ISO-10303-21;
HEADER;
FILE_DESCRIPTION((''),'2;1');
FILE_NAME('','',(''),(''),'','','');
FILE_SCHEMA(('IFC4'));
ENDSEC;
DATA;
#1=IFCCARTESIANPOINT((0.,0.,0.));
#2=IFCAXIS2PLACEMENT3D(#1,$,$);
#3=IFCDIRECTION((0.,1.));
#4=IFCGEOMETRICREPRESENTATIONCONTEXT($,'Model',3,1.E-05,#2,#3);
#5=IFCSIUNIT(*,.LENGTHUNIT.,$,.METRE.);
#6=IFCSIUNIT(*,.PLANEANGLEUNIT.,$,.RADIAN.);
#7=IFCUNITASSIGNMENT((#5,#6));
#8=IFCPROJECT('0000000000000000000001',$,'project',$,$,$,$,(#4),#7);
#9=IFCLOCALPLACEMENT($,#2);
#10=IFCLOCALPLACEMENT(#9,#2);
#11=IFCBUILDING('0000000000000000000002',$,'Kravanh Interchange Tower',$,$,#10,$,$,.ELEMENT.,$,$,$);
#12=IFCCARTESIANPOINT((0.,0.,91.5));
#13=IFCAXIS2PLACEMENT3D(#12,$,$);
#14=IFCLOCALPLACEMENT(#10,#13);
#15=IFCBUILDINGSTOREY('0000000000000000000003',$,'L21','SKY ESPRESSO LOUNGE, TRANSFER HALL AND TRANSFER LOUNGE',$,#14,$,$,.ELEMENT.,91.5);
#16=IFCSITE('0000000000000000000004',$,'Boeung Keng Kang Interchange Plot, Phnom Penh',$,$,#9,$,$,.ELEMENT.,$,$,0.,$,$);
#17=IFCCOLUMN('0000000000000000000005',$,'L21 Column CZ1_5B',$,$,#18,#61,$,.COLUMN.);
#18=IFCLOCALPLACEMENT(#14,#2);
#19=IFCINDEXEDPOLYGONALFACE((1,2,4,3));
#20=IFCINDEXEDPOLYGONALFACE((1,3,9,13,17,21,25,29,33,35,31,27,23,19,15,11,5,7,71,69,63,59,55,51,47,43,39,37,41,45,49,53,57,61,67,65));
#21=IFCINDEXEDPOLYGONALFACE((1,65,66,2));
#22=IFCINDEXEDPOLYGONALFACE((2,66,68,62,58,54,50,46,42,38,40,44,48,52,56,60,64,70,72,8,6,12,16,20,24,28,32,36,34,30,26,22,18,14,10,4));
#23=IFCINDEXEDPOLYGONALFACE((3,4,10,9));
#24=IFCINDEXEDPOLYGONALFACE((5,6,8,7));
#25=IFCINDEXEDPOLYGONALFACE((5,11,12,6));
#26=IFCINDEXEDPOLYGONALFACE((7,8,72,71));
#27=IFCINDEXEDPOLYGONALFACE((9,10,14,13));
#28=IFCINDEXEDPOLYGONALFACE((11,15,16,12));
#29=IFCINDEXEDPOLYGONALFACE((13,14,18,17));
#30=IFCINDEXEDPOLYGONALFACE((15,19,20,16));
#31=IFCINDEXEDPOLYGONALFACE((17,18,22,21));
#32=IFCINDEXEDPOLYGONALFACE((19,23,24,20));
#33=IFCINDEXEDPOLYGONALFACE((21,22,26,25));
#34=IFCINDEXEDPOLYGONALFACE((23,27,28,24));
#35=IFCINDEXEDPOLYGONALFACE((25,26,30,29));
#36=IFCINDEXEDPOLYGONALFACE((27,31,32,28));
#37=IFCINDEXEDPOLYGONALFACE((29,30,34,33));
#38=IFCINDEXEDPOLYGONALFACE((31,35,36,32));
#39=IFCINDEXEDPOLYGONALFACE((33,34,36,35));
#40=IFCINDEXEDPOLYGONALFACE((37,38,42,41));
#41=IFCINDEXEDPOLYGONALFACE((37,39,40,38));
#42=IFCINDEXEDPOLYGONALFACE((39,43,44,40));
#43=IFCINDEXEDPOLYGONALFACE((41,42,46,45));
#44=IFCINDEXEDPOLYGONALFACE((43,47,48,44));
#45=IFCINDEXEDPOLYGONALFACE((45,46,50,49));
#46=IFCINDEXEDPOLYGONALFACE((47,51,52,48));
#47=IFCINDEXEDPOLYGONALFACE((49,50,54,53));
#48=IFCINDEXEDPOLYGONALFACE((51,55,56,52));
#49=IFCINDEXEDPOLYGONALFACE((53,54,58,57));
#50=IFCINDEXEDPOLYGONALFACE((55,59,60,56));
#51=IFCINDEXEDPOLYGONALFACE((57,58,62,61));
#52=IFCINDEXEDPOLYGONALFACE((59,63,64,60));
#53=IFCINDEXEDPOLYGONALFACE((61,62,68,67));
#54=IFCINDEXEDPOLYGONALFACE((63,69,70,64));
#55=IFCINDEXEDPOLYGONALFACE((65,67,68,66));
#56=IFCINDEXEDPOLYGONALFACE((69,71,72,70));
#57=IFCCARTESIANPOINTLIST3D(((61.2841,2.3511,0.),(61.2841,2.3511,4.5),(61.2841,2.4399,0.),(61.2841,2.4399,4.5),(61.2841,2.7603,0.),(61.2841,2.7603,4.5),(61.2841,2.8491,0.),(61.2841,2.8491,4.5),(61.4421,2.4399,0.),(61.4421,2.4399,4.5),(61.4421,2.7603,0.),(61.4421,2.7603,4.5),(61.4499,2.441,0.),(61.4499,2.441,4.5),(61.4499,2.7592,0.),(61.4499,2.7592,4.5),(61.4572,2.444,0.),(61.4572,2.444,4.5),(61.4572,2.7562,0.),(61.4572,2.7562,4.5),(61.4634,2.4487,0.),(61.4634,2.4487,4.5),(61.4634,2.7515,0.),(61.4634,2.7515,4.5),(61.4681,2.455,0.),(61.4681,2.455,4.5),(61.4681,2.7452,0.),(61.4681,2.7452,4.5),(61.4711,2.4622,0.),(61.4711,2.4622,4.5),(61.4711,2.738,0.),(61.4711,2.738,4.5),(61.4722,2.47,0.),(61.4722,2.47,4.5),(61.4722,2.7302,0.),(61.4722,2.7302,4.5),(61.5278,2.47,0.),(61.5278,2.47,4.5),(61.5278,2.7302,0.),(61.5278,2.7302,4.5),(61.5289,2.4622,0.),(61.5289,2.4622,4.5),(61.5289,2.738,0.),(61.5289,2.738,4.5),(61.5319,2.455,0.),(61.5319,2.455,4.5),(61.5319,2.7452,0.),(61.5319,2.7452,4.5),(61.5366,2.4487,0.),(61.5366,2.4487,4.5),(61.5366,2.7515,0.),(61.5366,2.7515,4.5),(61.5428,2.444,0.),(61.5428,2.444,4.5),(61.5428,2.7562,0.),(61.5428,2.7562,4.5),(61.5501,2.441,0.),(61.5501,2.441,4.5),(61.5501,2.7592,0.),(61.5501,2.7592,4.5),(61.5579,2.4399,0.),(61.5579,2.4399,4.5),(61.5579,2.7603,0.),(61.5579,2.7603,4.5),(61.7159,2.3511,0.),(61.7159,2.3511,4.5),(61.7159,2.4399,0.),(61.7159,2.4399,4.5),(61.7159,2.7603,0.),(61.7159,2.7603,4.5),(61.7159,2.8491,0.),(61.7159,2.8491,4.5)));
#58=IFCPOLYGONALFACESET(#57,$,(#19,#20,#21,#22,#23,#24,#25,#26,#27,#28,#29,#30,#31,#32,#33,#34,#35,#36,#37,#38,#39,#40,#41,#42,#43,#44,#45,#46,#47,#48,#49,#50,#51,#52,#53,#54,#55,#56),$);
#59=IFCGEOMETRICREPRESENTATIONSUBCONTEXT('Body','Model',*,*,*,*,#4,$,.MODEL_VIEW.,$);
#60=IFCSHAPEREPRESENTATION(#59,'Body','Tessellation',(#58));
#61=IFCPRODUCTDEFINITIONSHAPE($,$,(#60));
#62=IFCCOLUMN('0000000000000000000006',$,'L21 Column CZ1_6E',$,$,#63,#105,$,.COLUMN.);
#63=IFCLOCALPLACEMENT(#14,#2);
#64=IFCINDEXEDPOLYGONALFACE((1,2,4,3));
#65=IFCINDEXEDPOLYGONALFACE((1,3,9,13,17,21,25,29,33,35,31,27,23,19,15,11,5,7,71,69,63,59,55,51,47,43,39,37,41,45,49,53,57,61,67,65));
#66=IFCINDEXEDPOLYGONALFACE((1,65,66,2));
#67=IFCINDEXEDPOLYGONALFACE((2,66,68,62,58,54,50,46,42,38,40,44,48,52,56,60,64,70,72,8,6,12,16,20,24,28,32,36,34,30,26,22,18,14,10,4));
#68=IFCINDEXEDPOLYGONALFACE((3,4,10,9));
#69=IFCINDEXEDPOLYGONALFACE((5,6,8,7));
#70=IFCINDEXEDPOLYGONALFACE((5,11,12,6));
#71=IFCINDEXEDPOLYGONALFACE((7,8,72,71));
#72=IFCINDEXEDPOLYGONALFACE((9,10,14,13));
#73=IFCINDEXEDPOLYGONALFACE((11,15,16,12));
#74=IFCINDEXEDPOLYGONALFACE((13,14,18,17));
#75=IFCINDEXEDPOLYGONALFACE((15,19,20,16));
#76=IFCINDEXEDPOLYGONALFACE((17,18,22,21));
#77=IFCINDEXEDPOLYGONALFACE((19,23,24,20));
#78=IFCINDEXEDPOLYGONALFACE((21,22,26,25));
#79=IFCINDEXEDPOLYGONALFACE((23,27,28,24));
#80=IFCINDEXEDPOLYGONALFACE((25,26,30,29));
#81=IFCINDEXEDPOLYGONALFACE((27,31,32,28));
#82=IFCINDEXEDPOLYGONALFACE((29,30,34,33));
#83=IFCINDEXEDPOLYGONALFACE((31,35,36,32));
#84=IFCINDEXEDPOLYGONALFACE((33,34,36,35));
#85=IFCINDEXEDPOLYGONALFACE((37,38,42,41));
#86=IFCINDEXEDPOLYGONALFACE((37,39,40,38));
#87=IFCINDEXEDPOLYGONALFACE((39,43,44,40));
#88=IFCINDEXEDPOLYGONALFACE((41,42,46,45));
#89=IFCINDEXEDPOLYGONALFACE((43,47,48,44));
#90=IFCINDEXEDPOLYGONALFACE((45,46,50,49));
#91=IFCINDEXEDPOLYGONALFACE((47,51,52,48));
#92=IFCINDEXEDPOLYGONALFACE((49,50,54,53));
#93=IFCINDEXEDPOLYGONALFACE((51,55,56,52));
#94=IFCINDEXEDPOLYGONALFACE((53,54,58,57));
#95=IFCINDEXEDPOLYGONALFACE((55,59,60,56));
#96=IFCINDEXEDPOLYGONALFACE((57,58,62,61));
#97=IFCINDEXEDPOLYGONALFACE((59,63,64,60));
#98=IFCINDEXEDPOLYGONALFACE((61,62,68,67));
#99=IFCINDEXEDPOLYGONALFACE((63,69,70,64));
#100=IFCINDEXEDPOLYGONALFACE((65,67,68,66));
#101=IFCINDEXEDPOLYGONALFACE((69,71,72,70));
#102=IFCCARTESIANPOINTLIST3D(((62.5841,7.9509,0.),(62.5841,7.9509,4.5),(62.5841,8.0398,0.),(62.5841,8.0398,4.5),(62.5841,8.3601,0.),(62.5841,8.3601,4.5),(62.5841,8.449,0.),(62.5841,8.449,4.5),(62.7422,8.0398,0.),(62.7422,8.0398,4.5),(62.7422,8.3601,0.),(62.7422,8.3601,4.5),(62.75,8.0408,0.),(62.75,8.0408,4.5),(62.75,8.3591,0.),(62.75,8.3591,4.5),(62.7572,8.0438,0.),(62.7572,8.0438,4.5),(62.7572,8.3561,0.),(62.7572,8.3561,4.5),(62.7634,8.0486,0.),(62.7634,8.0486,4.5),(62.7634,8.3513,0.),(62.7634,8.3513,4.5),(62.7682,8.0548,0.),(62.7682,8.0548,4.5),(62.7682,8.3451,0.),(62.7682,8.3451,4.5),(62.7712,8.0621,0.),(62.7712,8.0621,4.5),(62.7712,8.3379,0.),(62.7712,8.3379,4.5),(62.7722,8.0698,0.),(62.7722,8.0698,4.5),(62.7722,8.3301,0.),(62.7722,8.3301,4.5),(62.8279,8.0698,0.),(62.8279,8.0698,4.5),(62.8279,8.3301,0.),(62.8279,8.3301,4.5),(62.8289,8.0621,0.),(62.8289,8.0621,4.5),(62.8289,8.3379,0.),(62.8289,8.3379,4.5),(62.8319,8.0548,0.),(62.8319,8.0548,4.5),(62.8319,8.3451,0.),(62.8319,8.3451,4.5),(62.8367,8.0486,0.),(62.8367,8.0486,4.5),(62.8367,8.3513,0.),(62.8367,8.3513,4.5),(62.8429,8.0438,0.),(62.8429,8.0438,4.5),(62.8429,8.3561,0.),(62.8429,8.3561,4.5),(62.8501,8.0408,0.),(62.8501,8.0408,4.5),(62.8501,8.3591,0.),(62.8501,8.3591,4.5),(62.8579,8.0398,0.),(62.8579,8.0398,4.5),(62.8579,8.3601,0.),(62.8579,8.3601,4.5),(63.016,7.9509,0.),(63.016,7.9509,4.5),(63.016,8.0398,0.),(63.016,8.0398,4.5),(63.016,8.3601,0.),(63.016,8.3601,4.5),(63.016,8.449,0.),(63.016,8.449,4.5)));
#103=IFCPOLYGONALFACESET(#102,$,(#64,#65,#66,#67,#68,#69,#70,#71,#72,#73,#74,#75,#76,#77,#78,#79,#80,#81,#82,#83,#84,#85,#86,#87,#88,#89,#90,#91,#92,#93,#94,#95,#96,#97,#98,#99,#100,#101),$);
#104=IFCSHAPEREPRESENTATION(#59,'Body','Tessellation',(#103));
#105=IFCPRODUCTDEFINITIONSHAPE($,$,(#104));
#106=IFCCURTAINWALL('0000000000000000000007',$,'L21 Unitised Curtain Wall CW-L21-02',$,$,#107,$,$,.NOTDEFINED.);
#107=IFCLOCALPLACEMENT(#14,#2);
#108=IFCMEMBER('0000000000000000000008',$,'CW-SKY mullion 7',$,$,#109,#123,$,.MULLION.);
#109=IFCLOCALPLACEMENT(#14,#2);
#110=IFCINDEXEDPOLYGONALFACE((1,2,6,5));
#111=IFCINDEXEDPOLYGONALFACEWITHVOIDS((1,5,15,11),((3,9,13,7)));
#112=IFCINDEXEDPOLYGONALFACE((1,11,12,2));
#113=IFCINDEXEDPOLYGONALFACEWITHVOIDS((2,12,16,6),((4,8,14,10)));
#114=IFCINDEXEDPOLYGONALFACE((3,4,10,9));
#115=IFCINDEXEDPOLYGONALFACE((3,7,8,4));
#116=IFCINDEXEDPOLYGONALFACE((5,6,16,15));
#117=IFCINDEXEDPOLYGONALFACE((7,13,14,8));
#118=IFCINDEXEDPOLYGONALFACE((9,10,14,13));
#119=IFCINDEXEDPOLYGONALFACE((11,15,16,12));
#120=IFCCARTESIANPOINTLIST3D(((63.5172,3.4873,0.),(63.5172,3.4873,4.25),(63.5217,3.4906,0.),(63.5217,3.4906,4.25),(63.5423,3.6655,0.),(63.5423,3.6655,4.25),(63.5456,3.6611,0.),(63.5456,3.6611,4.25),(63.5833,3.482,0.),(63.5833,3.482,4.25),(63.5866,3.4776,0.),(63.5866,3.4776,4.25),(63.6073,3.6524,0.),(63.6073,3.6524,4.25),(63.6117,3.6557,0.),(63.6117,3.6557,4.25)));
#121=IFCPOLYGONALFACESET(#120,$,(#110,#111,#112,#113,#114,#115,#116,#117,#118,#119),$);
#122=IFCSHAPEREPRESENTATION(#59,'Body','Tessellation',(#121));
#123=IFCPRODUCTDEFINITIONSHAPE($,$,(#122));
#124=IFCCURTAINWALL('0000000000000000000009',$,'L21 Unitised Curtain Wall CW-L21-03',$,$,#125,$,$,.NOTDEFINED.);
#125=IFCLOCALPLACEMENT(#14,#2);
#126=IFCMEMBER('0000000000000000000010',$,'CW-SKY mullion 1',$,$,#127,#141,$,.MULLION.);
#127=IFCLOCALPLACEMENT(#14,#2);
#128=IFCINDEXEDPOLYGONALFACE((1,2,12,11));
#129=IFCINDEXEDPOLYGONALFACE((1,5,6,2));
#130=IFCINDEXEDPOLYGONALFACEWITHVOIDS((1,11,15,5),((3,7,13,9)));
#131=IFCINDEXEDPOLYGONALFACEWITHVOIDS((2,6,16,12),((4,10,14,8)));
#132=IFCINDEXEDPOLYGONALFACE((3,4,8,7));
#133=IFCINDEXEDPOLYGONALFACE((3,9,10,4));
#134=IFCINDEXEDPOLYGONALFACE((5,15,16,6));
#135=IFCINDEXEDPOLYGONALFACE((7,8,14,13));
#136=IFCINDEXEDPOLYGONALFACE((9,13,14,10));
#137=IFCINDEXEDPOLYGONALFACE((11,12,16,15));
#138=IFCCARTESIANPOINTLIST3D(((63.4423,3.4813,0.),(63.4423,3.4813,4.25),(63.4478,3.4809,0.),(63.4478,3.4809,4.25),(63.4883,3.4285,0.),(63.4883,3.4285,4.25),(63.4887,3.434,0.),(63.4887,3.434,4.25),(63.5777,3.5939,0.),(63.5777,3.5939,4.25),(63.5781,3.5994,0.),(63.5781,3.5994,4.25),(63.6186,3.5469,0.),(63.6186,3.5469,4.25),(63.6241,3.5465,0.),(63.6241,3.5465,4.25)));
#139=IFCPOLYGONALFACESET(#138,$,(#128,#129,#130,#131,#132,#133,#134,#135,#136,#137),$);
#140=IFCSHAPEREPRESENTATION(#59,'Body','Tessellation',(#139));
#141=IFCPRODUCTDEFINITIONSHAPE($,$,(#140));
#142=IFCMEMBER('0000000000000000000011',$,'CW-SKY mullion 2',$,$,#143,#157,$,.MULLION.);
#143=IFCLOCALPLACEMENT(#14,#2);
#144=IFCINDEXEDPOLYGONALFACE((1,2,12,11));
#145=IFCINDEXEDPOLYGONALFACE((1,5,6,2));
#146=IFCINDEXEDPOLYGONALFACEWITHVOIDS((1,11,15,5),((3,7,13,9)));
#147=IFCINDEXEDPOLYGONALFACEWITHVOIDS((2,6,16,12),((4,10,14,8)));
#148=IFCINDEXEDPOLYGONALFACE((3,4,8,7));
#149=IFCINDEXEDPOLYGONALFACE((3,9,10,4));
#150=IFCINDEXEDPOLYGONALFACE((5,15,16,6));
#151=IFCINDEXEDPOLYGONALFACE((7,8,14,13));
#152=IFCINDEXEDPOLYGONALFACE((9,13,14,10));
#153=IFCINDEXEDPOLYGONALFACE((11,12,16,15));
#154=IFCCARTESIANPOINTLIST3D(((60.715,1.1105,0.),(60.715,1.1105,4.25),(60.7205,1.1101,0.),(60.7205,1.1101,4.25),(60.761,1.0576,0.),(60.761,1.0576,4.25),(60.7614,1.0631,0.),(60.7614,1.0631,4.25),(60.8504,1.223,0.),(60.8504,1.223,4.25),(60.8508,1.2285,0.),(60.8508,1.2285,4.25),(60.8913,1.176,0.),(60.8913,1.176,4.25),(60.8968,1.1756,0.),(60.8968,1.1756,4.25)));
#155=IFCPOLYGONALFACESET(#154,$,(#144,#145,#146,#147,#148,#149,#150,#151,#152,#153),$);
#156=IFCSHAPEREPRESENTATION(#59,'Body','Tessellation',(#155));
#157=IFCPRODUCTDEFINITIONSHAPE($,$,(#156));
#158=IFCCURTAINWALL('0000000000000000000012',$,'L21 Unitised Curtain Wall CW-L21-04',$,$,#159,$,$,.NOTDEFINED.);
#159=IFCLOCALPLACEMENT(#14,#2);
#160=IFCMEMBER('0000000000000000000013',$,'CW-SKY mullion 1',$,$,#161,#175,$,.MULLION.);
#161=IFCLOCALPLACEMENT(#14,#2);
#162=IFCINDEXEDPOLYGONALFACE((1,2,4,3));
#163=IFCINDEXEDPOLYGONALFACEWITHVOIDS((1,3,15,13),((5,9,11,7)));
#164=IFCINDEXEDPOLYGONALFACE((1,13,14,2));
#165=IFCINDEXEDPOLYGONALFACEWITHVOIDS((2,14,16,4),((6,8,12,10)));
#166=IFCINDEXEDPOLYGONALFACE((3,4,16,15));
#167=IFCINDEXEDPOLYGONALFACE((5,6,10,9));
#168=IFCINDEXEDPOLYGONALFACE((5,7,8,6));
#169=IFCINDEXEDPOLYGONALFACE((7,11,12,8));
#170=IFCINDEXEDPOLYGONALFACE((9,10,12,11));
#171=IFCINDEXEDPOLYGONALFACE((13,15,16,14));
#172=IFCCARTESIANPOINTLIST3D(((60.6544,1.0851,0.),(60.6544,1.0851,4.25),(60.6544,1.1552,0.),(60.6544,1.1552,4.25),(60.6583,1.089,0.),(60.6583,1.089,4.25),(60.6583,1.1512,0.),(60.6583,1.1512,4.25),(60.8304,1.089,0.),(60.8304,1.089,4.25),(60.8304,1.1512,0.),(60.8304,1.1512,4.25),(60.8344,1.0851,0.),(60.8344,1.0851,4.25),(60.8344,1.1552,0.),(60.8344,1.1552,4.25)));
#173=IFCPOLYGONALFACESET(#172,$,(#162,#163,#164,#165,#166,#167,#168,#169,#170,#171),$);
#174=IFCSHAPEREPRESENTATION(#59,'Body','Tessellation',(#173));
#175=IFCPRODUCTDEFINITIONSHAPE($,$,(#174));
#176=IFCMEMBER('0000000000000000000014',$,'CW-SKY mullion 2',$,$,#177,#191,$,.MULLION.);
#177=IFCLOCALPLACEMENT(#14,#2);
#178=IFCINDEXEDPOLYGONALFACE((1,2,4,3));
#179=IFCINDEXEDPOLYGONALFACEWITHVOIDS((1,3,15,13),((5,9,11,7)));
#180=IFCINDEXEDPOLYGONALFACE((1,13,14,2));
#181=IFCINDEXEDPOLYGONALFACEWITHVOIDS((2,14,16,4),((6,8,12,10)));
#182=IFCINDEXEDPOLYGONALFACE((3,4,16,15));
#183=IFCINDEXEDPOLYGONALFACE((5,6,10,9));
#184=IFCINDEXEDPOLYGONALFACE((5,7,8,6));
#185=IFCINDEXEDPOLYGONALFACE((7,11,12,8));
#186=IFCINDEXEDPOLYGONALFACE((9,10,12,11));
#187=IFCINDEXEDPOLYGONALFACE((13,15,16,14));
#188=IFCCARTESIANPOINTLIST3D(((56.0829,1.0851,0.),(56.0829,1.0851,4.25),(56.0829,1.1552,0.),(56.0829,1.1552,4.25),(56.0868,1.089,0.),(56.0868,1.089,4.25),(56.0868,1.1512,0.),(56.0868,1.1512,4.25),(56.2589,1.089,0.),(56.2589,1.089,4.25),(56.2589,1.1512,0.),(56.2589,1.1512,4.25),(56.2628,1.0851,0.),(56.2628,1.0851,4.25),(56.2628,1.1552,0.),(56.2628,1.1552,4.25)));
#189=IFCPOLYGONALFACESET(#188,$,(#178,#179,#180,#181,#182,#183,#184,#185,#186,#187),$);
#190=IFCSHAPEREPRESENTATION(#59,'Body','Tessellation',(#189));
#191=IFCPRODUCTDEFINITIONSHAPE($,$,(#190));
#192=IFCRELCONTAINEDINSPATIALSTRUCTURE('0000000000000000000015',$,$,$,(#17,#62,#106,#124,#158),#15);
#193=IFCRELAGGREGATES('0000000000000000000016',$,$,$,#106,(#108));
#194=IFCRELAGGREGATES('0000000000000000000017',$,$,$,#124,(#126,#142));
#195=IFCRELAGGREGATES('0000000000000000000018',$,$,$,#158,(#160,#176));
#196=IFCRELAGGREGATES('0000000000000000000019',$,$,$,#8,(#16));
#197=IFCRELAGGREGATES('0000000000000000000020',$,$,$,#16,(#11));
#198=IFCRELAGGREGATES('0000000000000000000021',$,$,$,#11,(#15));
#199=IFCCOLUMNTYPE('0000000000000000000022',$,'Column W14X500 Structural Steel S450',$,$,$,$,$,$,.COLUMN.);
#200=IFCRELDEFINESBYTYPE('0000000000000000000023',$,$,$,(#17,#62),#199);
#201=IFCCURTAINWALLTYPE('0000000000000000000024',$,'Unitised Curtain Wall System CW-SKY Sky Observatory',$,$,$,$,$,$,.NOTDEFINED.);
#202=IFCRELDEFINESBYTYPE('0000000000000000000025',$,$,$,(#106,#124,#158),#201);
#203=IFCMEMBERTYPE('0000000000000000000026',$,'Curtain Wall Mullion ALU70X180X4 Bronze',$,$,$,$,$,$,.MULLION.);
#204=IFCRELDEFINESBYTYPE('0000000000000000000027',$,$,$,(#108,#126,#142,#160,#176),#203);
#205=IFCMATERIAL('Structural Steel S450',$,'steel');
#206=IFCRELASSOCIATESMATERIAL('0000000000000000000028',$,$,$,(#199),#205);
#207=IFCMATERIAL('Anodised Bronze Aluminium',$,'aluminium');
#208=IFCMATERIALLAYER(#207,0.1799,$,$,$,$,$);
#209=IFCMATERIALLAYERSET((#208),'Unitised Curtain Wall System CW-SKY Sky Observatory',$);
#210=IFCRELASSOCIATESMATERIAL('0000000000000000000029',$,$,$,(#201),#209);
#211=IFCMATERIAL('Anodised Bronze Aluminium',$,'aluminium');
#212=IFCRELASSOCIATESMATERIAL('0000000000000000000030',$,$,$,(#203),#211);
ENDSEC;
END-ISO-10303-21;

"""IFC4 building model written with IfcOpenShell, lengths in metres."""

from ifc_helpers import new_model, si_unit, direction, frame, origin, origin_2d, place, context, subcontext, project, spatial, hollow_rectangle, i_section, extrude, material, layer, layer_set, material_profile, profile_set, type_object, element, aggregate, save


model = new_model("IFC4")

# Units and contexts
model_context = context("Model", 3, precision=1e-05, world=origin(), true_north=direction((0.0, 1.0)))
body_context = subcontext(model_context, "Body", "Model", "MODEL_VIEW")
ifc_project = project(units=[si_unit("LENGTHUNIT", "METRE"), si_unit("PLANEANGLEUNIT", "RADIAN")], contexts=[model_context])

# Site, building, storey
site_placement = place(None, origin())
site = spatial("IfcSite", under=ifc_project, at=site_placement, Name="Boeung Keng Kang Interchange Plot, Phnom Penh", CompositionType="ELEMENT", RefElevation=0.0)
building_placement = place(site_placement, origin())
building = spatial("IfcBuilding", under=site, at=building_placement, Name="Kravanh Interchange Tower", CompositionType="ELEMENT")
storey_placement = place(building_placement, frame((0.0, 0.0, 91.5)))
storey = spatial("IfcBuildingStorey", under=building, at=storey_placement, Name="L21", Description="SKY ESPRESSO LOUNGE, TRANSFER HALL AND TRANSFER LOUNGE", CompositionType="ELEMENT", Elevation=91.5)

# Columns
ifc_material_1 = material(Name="Structural Steel S450", Category="steel")
ifc_material_profile_1 = material_profile(ifc_material_1, i_section(OverallWidth=0.4319, OverallDepth=0.498, WebThickness=0.0557, FlangeThickness=0.0889, FilletRadius=0.03, at=origin_2d()), Name="W14X500")
ifc_profile_set_1 = profile_set([ifc_material_profile_1], Name="Structural Steel S450")
column_type = type_object("IfcColumnType", Name="Column W14X500 Structural Steel S450", PredefinedType="COLUMN", material=ifc_profile_set_1)
for number, where, z_axis, x_axis, name in (
    (1, (61.5, 2.6001, 0.0), (0.0, 0.0, 1.0), (1.0, 0.0, 0.0), "L21 Column CZ1_5B"),
    (2, (62.8, 8.2, 0.0), (0.0, 0.0, 1.0), (1.0, 0.0, 0.0), "L21 Column CZ1_6E"),
):
    element("IfcColumn", number, at=place(storey_placement, frame(where, z_axis=z_axis, x_axis=x_axis)), inside=storey, type_object=column_type, Name=name, PredefinedType="COLUMN", context=body_context, shape_type="SweptSolid", body=[
        extrude(i_section(OverallWidth=0.4319, OverallDepth=0.498, WebThickness=0.0557, FlangeThickness=0.0889, FilletRadius=0.03, at=origin_2d()), origin(), (0.0, 0.0, 1.0), 4.5),
    ])

# Curtain wall, member
ifc_material_2 = material(Name="Anodised Bronze Aluminium", Category="aluminium")
ifc_layer_1 = layer(ifc_material_2, 0.1799)
ifc_layer_set_1 = layer_set([ifc_layer_1], Name="Unitised Curtain Wall System CW-SKY Sky Observatory")
curtain_wall_type = type_object("IfcCurtainWallType", Name="Unitised Curtain Wall System CW-SKY Sky Observatory", PredefinedType="NOTDEFINED", material=ifc_layer_set_1)
curtain_wall_1_placement = place(storey_placement, origin())
curtain_wall_1 = element("IfcCurtainWall", 3, at=curtain_wall_1_placement, inside=storey, type_object=curtain_wall_type, Name="L21 Unitised Curtain Wall CW-L21-02", PredefinedType="NOTDEFINED")
ifc_material_3 = material(Name="Anodised Bronze Aluminium", Category="aluminium")
ifc_material_profile_2 = material_profile(ifc_material_3, hollow_rectangle(XDim=0.0701, YDim=0.1799, WallThickness=0.0039, at=origin_2d()), Name="ALU70X180X4")
ifc_profile_set_2 = profile_set([ifc_material_profile_2], Name="Anodised Bronze Aluminium")
member_type_1 = type_object("IfcMemberType", Name="Curtain Wall Mullion ALU70X180X4 Bronze", PredefinedType="MULLION", material=ifc_profile_set_2)
member_1_placement = place(storey_placement, frame((63.5645, 3.5715, 0.0), z_axis=(0.0, 0.0, 1.0), x_axis=(0.990268, -0.139177, 0.0)))
member_1 = element("IfcMember", 4, at=member_1_placement, type_object=member_type_1, Name="CW-SKY mullion 7", PredefinedType="MULLION", context=body_context, shape_type="SweptSolid", body=[
    extrude(hollow_rectangle(XDim=0.0701, YDim=0.1799, WallThickness=0.0039, at=origin_2d()), origin(), (0.0, 0.0, 1.0), 4.25),
])

# Curtain walls, members
curtain_wall_2_placement = place(storey_placement, origin())
curtain_wall_2 = element("IfcCurtainWall", 5, at=curtain_wall_2_placement, inside=storey, type_object=curtain_wall_type, Name="L21 Unitised Curtain Wall CW-L21-03", PredefinedType="NOTDEFINED")
member_2_placement = place(storey_placement, frame((63.5332, 3.5139, 0.0), z_axis=(0.0, 0.0, 1.0), x_axis=(0.65606, -0.754708, 0.0)))
member_2 = element("IfcMember", 6, at=member_2_placement, type_object=member_type_1, Name="CW-SKY mullion 1", PredefinedType="MULLION", context=body_context, shape_type="SweptSolid", body=[
    extrude(hollow_rectangle(XDim=0.0701, YDim=0.1799, WallThickness=0.0039, at=origin_2d()), origin(), (0.0, 0.0, 1.0), 4.25),
])
member_3_placement = place(storey_placement, frame((60.8059, 1.1431, 0.0), z_axis=(0.0, 0.0, 1.0), x_axis=(0.65606, -0.754708, 0.0)))
member_3 = element("IfcMember", 7, at=member_3_placement, type_object=member_type_1, Name="CW-SKY mullion 2", PredefinedType="MULLION", context=body_context, shape_type="SweptSolid", body=[
    extrude(hollow_rectangle(XDim=0.0701, YDim=0.1799, WallThickness=0.0039, at=origin_2d()), origin(), (0.0, 0.0, 1.0), 4.25),
])
curtain_wall_3_placement = place(storey_placement, origin())
curtain_wall_3 = element("IfcCurtainWall", 8, at=curtain_wall_3_placement, inside=storey, type_object=curtain_wall_type, Name="L21 Unitised Curtain Wall CW-L21-04", PredefinedType="NOTDEFINED")
member_4_placement = place(storey_placement, frame((60.7444, 1.1201, 0.0), z_axis=(0.0, 0.0, 1.0), x_axis=(0.0, -1.0, 0.0)))
member_4 = element("IfcMember", 9, at=member_4_placement, type_object=member_type_1, Name="CW-SKY mullion 1", PredefinedType="MULLION", context=body_context, shape_type="SweptSolid", body=[
    extrude(hollow_rectangle(XDim=0.0701, YDim=0.1799, WallThickness=0.0039, at=origin_2d()), origin(), (0.0, 0.0, 1.0), 4.25),
])
member_5_placement = place(storey_placement, frame((56.1729, 1.1201, 0.0), z_axis=(0.0, 0.0, 1.0), x_axis=(0.0, -1.0, 0.0)))
member_5 = element("IfcMember", 10, at=member_5_placement, type_object=member_type_1, Name="CW-SKY mullion 2", PredefinedType="MULLION", context=body_context, shape_type="SweptSolid", body=[
    extrude(hollow_rectangle(XDim=0.0701, YDim=0.1799, WallThickness=0.0039, at=origin_2d()), origin(), (0.0, 0.0, 1.0), 4.25),
])

aggregate(curtain_wall_1, [member_1])
aggregate(curtain_wall_2, [member_2, member_3])
aggregate(curtain_wall_3, [member_4, member_5])

save(model, "model.ifc")
